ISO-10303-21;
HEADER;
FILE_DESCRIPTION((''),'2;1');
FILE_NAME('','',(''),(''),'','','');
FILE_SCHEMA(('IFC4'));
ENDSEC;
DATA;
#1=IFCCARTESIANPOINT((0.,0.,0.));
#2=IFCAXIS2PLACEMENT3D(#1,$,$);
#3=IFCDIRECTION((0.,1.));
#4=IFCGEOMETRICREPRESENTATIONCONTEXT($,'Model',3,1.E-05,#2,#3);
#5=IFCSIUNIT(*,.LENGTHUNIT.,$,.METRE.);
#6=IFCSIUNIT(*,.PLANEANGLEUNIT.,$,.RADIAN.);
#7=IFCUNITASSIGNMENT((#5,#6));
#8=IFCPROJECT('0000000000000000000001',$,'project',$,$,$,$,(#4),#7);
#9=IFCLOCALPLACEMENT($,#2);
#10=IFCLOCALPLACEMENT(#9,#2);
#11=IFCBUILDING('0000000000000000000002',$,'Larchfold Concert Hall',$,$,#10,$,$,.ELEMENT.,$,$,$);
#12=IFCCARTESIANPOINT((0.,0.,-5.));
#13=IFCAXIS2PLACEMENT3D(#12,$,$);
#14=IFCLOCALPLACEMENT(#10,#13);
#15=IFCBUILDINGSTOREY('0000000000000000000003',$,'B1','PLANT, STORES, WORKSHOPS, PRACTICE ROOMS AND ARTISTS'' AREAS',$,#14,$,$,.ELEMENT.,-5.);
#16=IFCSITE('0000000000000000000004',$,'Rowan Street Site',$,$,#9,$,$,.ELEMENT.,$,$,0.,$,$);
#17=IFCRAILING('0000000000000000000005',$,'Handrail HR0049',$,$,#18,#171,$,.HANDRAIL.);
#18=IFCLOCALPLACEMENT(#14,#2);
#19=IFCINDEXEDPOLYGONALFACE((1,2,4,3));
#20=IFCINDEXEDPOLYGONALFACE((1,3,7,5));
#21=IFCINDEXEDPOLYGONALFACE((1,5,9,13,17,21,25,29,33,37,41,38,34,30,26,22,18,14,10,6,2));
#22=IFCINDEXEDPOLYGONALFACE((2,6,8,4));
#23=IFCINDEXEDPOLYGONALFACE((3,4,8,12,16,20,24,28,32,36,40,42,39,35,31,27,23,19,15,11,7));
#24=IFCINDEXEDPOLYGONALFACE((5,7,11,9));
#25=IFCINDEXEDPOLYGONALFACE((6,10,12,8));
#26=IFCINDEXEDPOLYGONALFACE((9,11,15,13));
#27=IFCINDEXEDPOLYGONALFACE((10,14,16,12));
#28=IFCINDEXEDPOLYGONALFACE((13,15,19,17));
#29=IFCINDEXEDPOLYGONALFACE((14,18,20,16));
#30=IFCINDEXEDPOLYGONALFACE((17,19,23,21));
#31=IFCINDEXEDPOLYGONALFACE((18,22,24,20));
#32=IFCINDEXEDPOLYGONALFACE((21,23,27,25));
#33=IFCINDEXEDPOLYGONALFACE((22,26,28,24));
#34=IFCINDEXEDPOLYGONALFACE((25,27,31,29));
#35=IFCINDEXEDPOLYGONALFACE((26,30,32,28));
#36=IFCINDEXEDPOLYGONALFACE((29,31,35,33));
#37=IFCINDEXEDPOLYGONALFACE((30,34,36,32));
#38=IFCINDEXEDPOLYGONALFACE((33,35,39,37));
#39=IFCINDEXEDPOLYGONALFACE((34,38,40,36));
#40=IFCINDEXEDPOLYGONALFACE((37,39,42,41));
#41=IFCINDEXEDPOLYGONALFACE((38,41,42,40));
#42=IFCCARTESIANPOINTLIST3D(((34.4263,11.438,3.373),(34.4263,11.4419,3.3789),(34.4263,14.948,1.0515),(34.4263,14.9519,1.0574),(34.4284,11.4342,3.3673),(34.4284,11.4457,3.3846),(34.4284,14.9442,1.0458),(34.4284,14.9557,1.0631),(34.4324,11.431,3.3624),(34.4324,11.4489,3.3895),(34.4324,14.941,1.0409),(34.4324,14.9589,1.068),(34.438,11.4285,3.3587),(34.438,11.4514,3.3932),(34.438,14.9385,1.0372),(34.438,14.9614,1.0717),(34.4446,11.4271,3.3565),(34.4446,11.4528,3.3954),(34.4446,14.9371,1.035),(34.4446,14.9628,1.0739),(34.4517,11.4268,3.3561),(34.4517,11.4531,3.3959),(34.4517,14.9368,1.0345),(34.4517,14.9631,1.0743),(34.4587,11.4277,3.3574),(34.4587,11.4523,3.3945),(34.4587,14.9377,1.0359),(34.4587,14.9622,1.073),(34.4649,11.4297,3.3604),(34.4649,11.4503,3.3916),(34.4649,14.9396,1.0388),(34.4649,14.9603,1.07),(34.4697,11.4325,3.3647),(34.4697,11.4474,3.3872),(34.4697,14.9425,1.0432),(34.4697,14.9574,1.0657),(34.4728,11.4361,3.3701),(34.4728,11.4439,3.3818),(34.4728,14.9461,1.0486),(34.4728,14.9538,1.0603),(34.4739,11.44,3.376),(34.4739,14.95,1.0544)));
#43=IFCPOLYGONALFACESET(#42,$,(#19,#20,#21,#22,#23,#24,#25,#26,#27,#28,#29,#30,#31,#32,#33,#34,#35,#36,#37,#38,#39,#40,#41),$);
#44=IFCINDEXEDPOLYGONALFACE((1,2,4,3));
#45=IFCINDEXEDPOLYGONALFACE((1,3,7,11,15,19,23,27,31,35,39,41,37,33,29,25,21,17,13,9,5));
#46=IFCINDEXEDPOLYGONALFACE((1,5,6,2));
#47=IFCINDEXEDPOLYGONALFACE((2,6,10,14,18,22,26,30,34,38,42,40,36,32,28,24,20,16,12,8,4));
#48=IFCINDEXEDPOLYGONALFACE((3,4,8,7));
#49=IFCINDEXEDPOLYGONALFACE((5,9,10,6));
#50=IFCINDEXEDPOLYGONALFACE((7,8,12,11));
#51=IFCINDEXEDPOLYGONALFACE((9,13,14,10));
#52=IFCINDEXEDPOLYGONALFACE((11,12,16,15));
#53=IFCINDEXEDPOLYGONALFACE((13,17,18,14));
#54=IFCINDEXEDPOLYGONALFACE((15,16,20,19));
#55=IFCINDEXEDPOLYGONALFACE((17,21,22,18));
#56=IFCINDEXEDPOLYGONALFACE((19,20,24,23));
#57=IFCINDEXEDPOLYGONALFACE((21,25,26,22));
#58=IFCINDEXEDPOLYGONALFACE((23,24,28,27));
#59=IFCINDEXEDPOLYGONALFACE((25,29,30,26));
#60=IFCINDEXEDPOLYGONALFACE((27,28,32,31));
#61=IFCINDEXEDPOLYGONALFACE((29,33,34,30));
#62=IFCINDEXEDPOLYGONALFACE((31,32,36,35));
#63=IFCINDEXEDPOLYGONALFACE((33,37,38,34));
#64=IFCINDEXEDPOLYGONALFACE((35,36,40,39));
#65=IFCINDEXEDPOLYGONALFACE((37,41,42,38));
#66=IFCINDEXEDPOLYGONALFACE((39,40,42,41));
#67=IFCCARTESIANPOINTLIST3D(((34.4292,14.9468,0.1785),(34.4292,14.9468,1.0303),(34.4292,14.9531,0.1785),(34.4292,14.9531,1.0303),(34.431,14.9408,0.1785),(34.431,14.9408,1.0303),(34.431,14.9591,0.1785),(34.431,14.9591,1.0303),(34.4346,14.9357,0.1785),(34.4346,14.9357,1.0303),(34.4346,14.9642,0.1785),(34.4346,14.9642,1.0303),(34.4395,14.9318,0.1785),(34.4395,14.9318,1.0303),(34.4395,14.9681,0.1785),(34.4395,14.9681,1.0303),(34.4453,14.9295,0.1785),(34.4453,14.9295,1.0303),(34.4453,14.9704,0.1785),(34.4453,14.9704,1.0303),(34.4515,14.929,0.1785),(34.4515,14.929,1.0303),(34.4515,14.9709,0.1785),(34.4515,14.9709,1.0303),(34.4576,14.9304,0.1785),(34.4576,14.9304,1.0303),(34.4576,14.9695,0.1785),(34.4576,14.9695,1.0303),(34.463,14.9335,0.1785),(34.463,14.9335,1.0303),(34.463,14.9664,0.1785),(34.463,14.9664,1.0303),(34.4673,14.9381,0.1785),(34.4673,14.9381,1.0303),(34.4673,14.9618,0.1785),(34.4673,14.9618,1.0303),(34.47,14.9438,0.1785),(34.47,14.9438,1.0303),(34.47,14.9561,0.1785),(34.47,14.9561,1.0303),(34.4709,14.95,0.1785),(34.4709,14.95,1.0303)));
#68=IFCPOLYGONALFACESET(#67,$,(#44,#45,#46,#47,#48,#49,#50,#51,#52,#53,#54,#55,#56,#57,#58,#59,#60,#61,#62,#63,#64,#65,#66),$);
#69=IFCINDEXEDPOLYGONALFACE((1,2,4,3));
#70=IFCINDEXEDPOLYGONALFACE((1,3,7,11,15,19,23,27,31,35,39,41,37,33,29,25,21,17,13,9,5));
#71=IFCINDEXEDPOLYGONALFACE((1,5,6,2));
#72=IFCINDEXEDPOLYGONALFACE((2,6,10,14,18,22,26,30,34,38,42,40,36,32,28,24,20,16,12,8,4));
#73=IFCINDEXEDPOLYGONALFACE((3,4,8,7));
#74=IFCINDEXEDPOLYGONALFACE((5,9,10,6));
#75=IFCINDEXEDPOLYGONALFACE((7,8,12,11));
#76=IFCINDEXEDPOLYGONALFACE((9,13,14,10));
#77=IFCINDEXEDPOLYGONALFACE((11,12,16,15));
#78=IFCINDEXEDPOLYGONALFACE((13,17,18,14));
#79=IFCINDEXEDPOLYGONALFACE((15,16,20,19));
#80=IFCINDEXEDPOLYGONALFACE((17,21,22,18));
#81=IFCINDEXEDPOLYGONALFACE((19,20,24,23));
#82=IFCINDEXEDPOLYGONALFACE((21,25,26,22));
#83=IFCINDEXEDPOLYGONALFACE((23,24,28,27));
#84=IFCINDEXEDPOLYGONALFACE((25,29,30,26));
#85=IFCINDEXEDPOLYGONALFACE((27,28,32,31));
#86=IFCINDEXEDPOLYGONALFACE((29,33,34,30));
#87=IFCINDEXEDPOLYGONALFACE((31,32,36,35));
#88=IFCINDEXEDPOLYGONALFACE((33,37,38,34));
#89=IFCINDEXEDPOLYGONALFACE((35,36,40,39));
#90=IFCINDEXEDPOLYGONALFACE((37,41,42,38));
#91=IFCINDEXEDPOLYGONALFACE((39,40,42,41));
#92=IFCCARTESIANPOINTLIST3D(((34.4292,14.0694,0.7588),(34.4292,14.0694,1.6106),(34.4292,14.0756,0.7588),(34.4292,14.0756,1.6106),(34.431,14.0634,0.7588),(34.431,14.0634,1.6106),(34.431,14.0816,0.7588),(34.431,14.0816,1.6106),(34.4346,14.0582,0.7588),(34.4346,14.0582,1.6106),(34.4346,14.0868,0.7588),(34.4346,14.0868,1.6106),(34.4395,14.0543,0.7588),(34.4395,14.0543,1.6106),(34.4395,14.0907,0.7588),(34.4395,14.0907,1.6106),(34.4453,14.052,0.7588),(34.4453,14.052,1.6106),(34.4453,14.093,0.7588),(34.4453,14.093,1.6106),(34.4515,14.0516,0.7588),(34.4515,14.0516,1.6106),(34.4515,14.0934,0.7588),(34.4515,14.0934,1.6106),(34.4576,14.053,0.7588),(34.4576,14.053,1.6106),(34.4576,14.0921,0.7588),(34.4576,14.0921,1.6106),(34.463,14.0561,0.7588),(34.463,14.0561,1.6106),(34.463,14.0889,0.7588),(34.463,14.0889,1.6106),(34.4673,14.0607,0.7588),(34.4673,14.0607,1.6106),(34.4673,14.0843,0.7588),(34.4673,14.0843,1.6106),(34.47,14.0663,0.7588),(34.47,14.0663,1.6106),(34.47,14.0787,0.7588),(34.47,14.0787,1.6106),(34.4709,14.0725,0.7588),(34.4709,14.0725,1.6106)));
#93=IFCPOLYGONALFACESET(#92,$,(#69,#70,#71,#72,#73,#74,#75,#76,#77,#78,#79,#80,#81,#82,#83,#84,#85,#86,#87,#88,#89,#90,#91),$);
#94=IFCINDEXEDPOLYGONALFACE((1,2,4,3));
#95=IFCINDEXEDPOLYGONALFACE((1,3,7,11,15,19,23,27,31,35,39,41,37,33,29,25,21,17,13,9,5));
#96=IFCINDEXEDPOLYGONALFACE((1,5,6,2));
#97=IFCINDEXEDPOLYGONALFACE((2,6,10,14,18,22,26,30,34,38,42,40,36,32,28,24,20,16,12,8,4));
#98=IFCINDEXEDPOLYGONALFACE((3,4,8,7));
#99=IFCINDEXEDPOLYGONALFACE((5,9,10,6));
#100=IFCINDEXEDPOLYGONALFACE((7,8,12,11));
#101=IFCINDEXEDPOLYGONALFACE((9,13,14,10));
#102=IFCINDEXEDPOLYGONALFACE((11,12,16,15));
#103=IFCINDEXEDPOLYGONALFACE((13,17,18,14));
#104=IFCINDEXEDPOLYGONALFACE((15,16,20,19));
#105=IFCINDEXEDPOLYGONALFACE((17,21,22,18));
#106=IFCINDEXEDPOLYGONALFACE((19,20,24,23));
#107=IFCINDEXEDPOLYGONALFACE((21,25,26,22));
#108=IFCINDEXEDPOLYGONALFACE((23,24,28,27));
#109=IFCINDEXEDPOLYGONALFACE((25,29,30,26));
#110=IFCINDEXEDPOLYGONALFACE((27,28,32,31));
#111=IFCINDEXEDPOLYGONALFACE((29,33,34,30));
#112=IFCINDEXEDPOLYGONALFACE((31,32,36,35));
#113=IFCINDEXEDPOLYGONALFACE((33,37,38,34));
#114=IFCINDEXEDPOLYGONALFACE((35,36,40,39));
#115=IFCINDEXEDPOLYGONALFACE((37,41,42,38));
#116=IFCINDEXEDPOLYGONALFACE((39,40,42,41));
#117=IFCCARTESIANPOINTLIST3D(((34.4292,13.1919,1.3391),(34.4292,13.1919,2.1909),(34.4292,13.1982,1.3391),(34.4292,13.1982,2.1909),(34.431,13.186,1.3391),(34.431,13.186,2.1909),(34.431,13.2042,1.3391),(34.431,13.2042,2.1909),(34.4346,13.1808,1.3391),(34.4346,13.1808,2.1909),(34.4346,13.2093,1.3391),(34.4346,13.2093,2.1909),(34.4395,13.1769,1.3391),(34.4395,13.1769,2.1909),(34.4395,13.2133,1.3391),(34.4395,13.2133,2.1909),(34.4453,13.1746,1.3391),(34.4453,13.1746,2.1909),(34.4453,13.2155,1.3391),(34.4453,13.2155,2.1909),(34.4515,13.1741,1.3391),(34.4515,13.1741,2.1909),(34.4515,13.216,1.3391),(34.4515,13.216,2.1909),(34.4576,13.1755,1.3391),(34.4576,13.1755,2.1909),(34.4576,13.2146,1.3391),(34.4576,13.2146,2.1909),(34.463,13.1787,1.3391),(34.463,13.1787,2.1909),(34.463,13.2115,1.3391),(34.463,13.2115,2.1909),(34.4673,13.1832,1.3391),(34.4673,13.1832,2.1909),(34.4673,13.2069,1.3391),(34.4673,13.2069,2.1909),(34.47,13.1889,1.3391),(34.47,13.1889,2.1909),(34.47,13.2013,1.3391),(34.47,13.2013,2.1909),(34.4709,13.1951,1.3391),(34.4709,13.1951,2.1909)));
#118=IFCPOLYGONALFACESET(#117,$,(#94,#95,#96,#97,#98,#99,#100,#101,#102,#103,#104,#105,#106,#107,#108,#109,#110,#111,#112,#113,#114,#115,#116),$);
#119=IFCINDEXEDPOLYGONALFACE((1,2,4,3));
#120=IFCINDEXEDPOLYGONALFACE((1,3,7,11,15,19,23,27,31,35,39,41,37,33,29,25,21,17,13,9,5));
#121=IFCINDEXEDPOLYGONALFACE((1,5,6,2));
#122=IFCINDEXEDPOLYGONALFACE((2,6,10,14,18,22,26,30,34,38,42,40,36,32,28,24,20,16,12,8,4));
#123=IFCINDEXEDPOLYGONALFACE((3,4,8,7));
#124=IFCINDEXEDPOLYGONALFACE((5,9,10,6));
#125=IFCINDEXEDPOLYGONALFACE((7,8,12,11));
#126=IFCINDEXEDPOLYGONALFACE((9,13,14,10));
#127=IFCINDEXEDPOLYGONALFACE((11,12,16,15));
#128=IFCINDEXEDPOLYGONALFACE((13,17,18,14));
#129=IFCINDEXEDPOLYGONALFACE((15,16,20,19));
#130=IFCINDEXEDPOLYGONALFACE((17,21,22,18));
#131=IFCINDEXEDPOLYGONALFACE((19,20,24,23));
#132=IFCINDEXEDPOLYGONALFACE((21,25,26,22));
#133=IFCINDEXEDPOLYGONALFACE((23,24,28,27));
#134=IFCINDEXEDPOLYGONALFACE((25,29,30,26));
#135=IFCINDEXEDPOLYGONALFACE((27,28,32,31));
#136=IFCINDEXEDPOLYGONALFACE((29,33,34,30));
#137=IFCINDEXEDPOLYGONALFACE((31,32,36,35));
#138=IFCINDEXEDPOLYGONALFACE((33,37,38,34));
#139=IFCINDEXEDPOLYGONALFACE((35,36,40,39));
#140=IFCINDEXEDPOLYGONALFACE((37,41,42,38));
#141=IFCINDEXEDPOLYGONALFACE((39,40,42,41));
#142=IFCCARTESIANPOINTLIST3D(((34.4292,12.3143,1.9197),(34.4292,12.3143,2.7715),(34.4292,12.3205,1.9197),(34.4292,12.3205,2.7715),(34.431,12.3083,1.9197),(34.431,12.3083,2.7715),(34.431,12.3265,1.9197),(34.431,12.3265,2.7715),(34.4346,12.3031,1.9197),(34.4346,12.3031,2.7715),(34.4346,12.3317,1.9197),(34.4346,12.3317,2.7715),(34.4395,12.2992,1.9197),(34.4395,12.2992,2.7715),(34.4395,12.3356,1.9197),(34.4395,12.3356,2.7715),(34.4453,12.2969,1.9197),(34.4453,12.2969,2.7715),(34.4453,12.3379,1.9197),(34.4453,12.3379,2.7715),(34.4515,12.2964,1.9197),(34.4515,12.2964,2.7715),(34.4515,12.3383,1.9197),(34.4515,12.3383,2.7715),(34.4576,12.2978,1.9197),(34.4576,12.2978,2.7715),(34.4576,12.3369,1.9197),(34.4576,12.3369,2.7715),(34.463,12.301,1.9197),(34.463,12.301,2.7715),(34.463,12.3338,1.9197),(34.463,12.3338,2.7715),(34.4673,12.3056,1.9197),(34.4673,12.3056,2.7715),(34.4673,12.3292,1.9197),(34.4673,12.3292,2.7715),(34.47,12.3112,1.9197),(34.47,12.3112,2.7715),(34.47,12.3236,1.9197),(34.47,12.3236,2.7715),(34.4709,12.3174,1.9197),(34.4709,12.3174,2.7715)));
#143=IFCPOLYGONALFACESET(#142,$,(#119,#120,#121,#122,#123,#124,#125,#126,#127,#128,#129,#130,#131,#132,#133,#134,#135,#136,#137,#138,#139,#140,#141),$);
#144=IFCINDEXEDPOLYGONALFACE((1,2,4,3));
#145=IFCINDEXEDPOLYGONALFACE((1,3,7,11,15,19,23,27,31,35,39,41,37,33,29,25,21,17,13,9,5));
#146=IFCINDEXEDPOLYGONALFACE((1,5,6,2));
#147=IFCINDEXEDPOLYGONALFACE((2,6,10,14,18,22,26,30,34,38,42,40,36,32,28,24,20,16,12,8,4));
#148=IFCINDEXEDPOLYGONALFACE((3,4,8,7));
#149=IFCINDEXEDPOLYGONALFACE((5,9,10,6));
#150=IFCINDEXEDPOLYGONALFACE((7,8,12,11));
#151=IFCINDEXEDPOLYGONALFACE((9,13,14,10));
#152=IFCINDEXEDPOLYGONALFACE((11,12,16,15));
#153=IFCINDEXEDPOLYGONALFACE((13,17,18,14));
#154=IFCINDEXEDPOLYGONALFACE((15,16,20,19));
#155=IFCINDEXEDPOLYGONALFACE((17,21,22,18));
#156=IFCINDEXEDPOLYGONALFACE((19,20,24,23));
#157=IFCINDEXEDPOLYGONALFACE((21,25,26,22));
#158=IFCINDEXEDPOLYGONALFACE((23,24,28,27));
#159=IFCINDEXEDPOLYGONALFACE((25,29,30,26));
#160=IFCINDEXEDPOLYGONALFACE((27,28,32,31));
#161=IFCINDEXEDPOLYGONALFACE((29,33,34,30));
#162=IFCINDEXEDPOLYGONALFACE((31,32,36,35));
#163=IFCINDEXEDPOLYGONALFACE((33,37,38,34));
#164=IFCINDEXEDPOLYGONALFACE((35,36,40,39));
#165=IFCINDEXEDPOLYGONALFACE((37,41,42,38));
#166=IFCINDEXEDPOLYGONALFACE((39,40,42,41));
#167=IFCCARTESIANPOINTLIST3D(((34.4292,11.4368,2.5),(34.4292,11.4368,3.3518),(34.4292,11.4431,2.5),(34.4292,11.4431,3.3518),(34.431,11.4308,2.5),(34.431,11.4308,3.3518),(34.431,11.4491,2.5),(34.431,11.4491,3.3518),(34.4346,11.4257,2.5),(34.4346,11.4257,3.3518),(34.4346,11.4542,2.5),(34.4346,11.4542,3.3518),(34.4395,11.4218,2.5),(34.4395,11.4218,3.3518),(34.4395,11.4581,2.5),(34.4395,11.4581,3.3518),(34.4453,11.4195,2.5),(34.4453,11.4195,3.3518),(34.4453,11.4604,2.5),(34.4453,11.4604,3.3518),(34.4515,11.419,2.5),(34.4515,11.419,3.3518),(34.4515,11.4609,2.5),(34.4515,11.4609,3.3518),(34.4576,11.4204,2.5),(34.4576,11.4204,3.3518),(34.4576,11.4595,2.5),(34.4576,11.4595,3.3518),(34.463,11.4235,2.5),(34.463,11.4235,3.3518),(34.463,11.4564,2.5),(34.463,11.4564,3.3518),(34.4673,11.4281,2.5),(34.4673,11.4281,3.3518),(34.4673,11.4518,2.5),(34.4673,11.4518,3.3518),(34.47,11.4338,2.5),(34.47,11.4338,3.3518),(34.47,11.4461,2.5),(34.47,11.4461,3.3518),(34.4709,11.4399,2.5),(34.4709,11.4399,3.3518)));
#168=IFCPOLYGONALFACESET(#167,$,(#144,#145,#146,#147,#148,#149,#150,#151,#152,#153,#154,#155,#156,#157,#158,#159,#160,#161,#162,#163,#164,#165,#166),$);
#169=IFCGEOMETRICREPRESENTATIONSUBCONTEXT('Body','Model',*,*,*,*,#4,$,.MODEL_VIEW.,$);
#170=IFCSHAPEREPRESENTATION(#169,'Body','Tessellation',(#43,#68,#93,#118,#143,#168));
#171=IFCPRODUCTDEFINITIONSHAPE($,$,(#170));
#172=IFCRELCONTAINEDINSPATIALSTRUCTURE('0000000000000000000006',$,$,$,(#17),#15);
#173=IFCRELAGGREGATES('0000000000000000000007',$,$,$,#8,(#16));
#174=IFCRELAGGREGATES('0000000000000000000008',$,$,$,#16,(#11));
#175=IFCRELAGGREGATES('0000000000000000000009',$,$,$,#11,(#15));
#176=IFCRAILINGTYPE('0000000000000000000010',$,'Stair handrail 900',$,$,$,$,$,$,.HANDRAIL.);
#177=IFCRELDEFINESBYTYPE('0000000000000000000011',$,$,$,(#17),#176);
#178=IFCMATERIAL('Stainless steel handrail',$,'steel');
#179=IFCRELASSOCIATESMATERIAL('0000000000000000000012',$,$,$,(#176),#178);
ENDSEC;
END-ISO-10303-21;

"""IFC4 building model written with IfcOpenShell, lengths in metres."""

from ifc_helpers import new_model, si_unit, direction, frame, origin, origin_2d, place, context, subcontext, project, spatial, circle, extrude, material, type_object, element, save


model = new_model("IFC4")

# Units and contexts
model_context = context("Model", 3, precision=1e-05, world=origin(), true_north=direction((0.0, 1.0)))
body_context = subcontext(model_context, "Body", "Model", "MODEL_VIEW")
ifc_project = project(units=[si_unit("LENGTHUNIT", "METRE"), si_unit("PLANEANGLEUNIT", "RADIAN")], contexts=[model_context])

# Site, building, storey
site_placement = place(None, origin())
site = spatial("IfcSite", under=ifc_project, at=site_placement, Name="Rowan Street Site", CompositionType="ELEMENT", RefElevation=0.0)
building_placement = place(site_placement, origin())
building = spatial("IfcBuilding", under=site, at=building_placement, Name="Larchfold Concert Hall", CompositionType="ELEMENT")
storey_placement = place(building_placement, frame((0.0, 0.0, -5.0)))
storey = spatial("IfcBuildingStorey", under=building, at=storey_placement, Name="B1", Description="PLANT, STORES, WORKSHOPS, PRACTICE ROOMS AND ARTISTS' AREAS", CompositionType="ELEMENT", Elevation=-5.0)

# Railing
ifc_material_1 = material(Name="Stainless steel handrail", Category="steel")
railing_type_1 = type_object("IfcRailingType", Name="Stair handrail 900", PredefinedType="HANDRAIL", material=ifc_material_1)
for number, where, name in (
    (1, (34.45, 14.95, 0.1785), "Handrail HR0049"),
):
    element("IfcRailing", number, at=place(storey_placement, frame(where)), inside=storey, type_object=railing_type_1, Name=name, PredefinedType="HANDRAIL", context=body_context, shape_type="SweptSolid", body=[
        extrude(circle(Radius=0.0239, at=origin_2d()), frame((0.0, 0.0, 0.876), z_axis=(0.0, -0.834071, 0.551657), x_axis=(1.0, 0.0, 0.0)), (0.0, 0.0, 1.0), 4.2083),
        extrude(circle(Radius=0.021, at=origin_2d()), origin(), (0.0, 0.0, 1.0), 0.8518),
        extrude(circle(Radius=0.021, at=origin_2d()), frame((0.0, -0.8774, 0.5803)), (0.0, 0.0, 1.0), 0.8518),
        extrude(circle(Radius=0.021, at=origin_2d()), frame((0.0, -1.7549, 1.1606)), (0.0, 0.0, 1.0), 0.8518),
        extrude(circle(Radius=0.021, at=origin_2d()), frame((0.0, -2.6326, 1.7412)), (0.0, 0.0, 1.0), 0.8518),
        extrude(circle(Radius=0.021, at=origin_2d()), frame((0.0, -3.51, 2.3215)), (0.0, 0.0, 1.0), 0.8518),
    ])

save(model, "model.ifc")
